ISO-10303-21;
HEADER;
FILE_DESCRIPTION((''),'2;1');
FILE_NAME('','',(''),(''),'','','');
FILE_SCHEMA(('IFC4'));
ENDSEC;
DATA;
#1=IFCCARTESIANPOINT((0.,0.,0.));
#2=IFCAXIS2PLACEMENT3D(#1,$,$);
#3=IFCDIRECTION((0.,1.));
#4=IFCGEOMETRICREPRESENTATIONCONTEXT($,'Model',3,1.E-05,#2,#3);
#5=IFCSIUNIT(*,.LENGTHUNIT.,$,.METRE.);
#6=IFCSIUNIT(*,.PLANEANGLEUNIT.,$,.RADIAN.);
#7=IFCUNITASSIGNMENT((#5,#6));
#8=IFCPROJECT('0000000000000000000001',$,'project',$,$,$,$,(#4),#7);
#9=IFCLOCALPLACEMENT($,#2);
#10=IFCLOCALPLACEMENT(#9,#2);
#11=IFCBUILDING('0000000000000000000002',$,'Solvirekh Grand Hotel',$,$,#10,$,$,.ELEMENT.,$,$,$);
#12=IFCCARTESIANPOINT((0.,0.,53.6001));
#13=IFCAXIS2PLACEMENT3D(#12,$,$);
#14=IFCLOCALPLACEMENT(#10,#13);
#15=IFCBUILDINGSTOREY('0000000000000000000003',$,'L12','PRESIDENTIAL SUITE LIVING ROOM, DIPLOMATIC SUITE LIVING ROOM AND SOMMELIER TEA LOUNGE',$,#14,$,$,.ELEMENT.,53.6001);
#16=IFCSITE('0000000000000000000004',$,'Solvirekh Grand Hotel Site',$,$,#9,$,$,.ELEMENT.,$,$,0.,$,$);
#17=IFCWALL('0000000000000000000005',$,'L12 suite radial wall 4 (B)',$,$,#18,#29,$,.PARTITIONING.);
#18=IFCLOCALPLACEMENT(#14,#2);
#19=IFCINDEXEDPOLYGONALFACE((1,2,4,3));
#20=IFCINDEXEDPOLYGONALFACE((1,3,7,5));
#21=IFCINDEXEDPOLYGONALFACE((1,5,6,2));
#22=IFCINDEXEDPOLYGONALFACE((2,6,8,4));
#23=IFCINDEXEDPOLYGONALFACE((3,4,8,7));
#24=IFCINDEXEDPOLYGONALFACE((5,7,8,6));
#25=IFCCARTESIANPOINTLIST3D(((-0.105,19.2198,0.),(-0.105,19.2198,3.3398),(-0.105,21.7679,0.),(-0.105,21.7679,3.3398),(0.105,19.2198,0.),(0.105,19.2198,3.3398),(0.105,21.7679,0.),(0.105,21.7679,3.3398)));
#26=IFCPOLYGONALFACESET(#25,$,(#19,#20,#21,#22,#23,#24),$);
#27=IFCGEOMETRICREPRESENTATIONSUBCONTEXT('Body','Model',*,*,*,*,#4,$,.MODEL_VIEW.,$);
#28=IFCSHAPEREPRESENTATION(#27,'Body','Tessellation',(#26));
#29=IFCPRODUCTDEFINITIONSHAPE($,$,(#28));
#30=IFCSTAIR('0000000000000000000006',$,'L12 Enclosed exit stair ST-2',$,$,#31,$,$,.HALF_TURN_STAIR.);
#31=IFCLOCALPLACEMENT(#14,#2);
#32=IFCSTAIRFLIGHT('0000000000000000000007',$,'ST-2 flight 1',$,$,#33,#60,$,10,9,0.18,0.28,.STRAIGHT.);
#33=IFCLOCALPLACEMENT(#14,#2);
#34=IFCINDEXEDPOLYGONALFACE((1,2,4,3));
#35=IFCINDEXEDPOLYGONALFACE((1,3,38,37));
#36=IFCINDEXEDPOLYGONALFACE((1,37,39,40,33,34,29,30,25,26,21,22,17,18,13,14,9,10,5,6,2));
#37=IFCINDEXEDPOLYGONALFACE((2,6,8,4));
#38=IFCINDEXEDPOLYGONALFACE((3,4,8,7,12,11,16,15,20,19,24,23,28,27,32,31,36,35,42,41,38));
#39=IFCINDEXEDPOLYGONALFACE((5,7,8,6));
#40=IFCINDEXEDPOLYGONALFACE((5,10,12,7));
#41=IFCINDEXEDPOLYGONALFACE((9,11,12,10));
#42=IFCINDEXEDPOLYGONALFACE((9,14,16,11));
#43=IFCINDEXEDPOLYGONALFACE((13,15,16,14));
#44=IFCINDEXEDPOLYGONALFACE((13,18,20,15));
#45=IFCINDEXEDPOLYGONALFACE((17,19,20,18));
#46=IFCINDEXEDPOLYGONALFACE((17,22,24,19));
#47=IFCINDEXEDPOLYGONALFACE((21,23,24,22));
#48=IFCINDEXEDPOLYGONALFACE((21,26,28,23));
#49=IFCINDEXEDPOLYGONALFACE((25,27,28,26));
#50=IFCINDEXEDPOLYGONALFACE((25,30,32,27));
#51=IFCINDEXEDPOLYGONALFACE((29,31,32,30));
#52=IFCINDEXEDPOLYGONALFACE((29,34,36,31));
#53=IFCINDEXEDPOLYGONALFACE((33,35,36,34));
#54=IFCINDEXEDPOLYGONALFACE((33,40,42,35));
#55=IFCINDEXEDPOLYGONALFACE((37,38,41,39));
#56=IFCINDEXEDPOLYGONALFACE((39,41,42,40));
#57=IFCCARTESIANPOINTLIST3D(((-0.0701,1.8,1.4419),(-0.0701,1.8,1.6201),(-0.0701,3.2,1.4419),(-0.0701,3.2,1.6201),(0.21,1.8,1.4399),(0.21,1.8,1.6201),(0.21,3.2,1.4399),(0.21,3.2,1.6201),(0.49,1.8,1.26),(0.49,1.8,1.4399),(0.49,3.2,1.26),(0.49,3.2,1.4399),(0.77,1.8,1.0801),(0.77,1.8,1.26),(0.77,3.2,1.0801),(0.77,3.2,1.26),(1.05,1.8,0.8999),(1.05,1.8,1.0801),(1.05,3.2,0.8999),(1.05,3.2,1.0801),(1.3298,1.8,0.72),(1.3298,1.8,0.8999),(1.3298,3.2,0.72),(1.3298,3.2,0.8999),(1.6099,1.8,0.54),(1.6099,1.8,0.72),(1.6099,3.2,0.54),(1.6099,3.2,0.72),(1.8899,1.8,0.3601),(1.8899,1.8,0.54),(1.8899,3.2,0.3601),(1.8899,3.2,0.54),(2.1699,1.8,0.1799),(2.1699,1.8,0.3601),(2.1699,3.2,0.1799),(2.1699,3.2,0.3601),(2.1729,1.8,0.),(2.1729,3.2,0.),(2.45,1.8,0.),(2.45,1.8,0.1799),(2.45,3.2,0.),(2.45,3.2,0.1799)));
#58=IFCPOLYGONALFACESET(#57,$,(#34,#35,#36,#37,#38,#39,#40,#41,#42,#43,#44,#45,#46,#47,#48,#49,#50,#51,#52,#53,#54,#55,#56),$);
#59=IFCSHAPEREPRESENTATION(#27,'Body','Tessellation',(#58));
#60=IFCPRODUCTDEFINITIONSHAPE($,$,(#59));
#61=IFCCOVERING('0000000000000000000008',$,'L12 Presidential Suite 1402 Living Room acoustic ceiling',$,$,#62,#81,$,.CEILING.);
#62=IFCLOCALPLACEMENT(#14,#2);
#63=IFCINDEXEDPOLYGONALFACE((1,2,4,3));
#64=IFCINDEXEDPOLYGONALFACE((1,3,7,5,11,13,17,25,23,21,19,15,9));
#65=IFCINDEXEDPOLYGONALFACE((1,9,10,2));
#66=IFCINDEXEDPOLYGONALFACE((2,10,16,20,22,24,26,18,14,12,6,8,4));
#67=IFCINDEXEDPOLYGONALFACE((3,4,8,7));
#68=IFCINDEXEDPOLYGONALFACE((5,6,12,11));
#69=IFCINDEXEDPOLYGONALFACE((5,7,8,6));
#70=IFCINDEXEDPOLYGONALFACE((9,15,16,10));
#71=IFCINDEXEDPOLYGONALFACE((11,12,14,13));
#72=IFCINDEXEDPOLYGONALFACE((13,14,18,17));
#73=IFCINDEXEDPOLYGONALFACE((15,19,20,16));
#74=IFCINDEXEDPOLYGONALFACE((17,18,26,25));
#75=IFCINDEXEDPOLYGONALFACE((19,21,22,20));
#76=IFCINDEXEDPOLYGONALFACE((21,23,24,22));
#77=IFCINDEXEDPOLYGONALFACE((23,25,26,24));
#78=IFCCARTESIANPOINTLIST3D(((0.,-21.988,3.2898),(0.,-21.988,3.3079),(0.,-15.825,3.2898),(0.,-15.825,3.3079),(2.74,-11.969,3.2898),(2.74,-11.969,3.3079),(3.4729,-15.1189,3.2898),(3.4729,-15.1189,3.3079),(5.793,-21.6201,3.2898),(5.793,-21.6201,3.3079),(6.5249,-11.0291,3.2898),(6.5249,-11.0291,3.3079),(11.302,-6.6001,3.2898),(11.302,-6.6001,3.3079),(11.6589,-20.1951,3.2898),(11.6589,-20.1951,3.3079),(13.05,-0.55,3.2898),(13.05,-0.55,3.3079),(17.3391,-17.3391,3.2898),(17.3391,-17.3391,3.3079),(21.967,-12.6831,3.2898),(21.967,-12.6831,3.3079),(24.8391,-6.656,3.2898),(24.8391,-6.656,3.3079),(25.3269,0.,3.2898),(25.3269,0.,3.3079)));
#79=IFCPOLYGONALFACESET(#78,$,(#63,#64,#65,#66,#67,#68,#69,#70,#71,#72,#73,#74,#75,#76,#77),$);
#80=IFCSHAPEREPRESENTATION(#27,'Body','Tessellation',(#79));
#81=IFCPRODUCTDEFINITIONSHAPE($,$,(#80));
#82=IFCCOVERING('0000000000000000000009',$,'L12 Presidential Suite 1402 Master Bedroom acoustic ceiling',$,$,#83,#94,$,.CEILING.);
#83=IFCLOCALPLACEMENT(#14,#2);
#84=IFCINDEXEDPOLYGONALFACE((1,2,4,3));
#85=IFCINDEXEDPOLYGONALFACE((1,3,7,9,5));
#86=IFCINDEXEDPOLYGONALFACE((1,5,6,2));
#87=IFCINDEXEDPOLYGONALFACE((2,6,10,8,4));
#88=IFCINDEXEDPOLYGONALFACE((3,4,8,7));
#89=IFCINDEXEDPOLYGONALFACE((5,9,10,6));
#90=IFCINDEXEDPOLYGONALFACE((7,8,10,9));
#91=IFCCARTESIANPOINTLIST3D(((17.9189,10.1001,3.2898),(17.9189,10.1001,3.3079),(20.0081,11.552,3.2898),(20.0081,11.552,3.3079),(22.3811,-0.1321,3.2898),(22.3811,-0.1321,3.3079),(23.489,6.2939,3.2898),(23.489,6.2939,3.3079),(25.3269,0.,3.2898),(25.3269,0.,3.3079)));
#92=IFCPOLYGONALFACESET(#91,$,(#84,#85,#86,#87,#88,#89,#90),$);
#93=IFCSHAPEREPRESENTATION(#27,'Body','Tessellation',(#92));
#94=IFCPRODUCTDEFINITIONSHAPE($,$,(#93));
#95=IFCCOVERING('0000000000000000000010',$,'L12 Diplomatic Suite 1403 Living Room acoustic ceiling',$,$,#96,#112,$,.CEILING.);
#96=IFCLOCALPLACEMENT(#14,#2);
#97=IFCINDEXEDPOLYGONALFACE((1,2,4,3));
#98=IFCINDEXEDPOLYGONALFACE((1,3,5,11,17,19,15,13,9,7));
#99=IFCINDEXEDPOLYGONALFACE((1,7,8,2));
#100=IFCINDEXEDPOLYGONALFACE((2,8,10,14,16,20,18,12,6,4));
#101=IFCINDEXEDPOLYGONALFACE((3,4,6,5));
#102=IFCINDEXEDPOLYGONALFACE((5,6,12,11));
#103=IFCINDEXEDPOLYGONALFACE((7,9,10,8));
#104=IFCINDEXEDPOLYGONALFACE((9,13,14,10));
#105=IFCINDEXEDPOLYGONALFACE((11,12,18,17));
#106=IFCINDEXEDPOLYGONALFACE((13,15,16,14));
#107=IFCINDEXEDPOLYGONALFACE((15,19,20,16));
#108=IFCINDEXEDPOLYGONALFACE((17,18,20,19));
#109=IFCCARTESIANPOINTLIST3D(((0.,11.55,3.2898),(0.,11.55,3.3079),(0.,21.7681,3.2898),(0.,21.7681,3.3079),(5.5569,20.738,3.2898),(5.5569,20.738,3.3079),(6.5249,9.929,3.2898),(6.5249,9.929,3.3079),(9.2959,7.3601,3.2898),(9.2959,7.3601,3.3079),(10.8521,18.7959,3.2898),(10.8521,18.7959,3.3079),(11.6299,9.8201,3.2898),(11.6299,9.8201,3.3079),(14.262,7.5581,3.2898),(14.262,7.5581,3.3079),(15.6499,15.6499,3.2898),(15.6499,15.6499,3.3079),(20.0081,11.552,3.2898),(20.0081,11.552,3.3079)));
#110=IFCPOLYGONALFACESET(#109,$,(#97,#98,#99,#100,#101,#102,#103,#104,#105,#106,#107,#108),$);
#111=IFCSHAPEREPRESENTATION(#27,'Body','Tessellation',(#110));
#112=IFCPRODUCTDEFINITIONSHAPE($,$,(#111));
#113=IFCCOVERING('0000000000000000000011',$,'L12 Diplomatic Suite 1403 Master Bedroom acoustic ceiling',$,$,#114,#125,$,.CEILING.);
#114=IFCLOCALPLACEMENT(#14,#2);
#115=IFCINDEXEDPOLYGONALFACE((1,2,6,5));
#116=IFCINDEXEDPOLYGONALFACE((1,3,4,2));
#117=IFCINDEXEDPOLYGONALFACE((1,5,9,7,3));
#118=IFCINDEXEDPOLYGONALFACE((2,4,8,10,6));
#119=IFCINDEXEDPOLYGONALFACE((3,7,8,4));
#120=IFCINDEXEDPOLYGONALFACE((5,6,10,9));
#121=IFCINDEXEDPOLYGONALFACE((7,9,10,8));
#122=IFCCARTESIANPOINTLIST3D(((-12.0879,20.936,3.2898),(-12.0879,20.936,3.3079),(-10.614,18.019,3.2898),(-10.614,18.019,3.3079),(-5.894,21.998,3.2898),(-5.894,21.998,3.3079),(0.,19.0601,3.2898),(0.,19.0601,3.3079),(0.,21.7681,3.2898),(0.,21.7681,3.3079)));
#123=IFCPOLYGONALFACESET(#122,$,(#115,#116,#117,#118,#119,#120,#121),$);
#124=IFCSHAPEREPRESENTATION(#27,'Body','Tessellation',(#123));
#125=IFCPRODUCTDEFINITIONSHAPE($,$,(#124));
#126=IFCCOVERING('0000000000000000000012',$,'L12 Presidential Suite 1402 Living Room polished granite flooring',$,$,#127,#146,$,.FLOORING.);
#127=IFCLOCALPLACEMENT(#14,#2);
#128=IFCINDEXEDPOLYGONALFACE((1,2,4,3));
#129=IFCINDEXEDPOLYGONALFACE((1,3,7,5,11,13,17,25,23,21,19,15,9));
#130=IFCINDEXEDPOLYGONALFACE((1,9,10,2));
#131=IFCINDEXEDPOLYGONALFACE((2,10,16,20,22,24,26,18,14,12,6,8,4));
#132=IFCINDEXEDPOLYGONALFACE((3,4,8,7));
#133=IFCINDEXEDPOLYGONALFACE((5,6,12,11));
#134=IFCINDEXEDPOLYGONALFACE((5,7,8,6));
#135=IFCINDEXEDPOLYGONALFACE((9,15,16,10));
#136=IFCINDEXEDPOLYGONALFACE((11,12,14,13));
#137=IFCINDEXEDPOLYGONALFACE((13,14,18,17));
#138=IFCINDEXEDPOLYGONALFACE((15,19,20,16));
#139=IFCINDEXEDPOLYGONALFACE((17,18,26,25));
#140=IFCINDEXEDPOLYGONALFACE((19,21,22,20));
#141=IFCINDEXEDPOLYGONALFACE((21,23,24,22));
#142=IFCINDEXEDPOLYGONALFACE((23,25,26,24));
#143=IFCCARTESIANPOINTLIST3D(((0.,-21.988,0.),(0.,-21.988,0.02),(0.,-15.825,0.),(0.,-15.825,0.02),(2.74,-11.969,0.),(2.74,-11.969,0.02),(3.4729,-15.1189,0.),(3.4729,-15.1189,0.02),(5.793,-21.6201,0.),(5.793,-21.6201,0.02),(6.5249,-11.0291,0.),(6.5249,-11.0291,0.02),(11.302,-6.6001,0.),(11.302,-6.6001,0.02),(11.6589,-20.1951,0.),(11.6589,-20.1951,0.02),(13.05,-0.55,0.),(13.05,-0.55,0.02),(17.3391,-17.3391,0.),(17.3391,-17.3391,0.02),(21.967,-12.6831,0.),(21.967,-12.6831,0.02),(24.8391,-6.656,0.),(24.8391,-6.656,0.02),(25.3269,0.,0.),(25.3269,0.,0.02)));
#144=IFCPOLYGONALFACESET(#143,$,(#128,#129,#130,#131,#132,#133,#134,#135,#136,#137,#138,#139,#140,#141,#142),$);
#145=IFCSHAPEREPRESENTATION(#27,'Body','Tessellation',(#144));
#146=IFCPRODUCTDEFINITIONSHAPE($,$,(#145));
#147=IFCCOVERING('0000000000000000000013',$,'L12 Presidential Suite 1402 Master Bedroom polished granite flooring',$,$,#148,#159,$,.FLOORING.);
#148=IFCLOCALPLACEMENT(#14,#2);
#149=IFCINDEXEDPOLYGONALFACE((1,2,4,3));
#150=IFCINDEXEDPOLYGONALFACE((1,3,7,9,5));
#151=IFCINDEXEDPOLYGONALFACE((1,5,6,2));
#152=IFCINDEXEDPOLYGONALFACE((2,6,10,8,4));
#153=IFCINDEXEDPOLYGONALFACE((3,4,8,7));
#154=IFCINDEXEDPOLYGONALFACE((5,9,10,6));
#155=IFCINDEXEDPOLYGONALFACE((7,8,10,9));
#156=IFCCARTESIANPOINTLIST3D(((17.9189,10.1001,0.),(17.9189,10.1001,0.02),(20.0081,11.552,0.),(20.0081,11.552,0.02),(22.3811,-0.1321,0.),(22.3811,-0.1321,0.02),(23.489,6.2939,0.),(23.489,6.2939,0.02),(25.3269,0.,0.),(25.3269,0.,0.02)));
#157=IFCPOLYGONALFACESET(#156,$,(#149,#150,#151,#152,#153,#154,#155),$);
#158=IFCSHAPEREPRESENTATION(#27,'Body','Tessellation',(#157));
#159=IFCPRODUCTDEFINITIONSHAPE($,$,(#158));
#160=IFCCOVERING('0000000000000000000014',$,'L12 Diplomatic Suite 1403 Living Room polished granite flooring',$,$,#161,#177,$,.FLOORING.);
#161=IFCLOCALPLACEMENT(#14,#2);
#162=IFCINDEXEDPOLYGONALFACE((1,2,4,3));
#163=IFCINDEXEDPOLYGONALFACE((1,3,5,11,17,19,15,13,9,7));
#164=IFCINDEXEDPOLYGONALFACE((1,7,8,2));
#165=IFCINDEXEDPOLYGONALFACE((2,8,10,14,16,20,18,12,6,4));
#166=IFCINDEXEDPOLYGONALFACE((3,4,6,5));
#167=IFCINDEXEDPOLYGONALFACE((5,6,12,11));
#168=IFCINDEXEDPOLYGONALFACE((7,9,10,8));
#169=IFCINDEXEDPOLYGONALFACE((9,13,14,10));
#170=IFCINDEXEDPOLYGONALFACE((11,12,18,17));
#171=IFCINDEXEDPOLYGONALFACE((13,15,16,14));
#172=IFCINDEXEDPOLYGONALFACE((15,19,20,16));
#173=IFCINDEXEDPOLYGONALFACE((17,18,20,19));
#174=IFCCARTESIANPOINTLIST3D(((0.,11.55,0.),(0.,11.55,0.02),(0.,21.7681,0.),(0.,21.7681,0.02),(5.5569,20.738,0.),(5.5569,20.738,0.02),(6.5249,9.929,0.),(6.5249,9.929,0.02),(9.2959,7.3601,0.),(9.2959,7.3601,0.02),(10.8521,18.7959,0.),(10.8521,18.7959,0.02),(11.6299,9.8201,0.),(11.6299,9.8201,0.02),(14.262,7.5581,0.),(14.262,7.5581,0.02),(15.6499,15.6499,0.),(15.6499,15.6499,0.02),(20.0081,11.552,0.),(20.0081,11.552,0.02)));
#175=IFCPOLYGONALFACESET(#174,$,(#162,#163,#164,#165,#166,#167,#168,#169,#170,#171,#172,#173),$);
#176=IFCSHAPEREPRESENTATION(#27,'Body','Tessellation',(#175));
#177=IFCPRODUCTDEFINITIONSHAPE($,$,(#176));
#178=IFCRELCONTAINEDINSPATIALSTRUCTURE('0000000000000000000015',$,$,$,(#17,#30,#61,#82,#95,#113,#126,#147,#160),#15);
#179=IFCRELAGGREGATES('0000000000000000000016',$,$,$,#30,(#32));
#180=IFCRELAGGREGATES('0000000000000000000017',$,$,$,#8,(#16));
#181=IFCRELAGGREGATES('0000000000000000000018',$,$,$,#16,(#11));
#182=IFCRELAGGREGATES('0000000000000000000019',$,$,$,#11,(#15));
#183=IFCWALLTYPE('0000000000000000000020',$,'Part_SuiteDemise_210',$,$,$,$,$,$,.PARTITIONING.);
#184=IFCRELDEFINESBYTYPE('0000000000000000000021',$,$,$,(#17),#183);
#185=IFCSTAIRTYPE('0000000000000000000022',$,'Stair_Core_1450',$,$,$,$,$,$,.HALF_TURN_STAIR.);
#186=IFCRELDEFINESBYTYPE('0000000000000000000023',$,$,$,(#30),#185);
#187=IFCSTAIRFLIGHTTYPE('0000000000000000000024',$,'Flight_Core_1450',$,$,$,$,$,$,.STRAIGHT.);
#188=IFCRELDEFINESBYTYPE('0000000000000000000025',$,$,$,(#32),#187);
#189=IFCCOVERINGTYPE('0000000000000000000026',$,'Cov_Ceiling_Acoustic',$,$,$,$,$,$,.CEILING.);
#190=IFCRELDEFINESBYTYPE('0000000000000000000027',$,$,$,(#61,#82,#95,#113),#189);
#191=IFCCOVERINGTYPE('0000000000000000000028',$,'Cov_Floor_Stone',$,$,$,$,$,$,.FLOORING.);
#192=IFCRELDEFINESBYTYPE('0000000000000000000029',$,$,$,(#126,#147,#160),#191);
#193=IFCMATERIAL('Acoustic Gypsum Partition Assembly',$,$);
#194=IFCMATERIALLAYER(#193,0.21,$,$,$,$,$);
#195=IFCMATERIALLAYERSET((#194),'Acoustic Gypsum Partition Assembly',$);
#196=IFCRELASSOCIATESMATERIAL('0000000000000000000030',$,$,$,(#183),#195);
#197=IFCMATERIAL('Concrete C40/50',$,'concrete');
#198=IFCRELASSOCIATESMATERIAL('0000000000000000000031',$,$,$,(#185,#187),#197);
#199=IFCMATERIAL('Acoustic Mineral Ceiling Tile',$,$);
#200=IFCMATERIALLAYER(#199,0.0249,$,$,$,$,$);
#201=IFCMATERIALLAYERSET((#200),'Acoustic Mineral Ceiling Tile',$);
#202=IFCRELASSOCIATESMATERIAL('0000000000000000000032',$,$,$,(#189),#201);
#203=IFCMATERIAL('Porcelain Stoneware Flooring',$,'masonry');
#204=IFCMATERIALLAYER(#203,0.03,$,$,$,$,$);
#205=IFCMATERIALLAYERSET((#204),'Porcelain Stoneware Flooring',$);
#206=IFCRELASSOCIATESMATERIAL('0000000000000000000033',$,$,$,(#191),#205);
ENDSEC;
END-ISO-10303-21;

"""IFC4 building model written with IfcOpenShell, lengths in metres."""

from ifc_helpers import new_model, si_unit, direction, frame, frame_2d, origin, place, context, subcontext, project, spatial, polyline, rectangle, outline, extrude, material, layer, layer_set, type_object, element, aggregate, save


model = new_model("IFC4")

# Units and contexts
model_context = context("Model", 3, precision=1e-05, world=origin(), true_north=direction((0.0, 1.0)))
body_context = subcontext(model_context, "Body", "Model", "MODEL_VIEW")
ifc_project = project(units=[si_unit("LENGTHUNIT", "METRE"), si_unit("PLANEANGLEUNIT", "RADIAN")], contexts=[model_context])

# Site, building, storey
site_placement = place(None, origin())
site = spatial("IfcSite", under=ifc_project, at=site_placement, Name="Solvirekh Grand Hotel Site", CompositionType="ELEMENT", RefElevation=0.0)
building_placement = place(site_placement, origin())
building = spatial("IfcBuilding", under=site, at=building_placement, Name="Solvirekh Grand Hotel", CompositionType="ELEMENT")
storey_placement = place(building_placement, frame((0.0, 0.0, 53.6001)))
storey = spatial("IfcBuildingStorey", under=building, at=storey_placement, Name="L12", Description="PRESIDENTIAL SUITE LIVING ROOM, DIPLOMATIC SUITE LIVING ROOM AND SOMMELIER TEA LOUNGE", CompositionType="ELEMENT", Elevation=53.6001)

# Shared definitions
ifc_material_1 = material(Name="Concrete C40/50", Category="concrete")
ifc_material_2 = material(Name="Acoustic Gypsum Partition Assembly")

# Shared definitions
ifc_layer_1 = layer(ifc_material_2, 0.21)
ifc_layer_set_1 = layer_set([ifc_layer_1], Name="Acoustic Gypsum Partition Assembly")
wall_type_1 = type_object("IfcWallType", Name="Part_SuiteDemise_210", PredefinedType="PARTITIONING", material=ifc_layer_set_1)

# Wall
wall_1_placement = place(storey_placement, frame((0.0, 19.22, 0.0), z_axis=(0.0, 0.0, 1.0), x_axis=(0.0, 1.0, 0.0)))
element("IfcWall", 1, at=wall_1_placement, inside=storey, type_object=wall_type_1, Name="L12 suite radial wall 4 (B)", PredefinedType="PARTITIONING", context=body_context, shape_type="SweptSolid", body=[
    extrude(rectangle(XDim=2.5481, YDim=0.21, at=frame_2d((1.2739, 0.0))), origin(), (0.0, 0.0, 1.0), 3.3398),
])

# Stair, stair flight
stair_type = type_object("IfcStairType", Name="Stair_Core_1450", PredefinedType="HALF_TURN_STAIR", material=ifc_material_1)
stair_placement = place(storey_placement, origin())
stair = element("IfcStair", 2, at=stair_placement, inside=storey, type_object=stair_type, Name="L12 Enclosed exit stair ST-2", PredefinedType="HALF_TURN_STAIR")
stair_flight_type = type_object("IfcStairFlightType", Name="Flight_Core_1450", PredefinedType="STRAIGHT", material=ifc_material_1)
stair_flight_placement = place(storey_placement, frame((2.45, 2.5, 0.0), z_axis=(0.0, 0.0, 1.0), x_axis=(-1.0, 0.0, 0.0)))
stair_flight = element("IfcStairFlight", 3, at=stair_flight_placement, type_object=stair_flight_type, Name="ST-2 flight 1", NumberOfRisers=10, NumberOfTreads=9, PredefinedType="STRAIGHT", RiserHeight=0.18, TreadLength=0.28, context=body_context, shape_type="SweptSolid", body=[
    extrude(outline(polyline([(0.0, 0.0), (0.0, 0.1799), (0.28, 0.1799), (0.28, 0.3601), (0.5601, 0.3601), (0.5601, 0.54), (0.8401, 0.54), (0.8401, 0.72), (1.1201, 0.72), (1.1201, 0.8999), (1.3999, 0.8999), (1.3999, 1.0801), (1.6799, 1.0801), (1.6799, 1.26), (1.96, 1.26), (1.96, 1.4399), (2.24, 1.4399), (2.24, 1.6201), (2.52, 1.6201), (2.52, 1.8), (2.52, 1.4419), (0.2771, 0.0), (0.0, 0.0)])), frame((0.0, 0.7, 0.0), z_axis=(0.0, -1.0, 0.0), x_axis=(1.0, 0.0, 0.0)), (0.0, 0.0, 1.0), 1.3999),
])
aggregate(stair, [stair_flight])

# Coverings
ifc_material_3 = material(Name="Acoustic Mineral Ceiling Tile")
ifc_layer_2 = layer(ifc_material_3, 0.0249)
ifc_layer_set_2 = layer_set([ifc_layer_2], Name="Acoustic Mineral Ceiling Tile")
covering_type_1 = type_object("IfcCoveringType", Name="Cov_Ceiling_Acoustic", PredefinedType="CEILING", material=ifc_layer_set_2)
covering_1_placement = place(storey_placement, frame((0.0, 0.0, 3.2898)))
element("IfcCovering", 4, at=covering_1_placement, inside=storey, type_object=covering_type_1, Name="L12 Presidential Suite 1402 Living Room acoustic ceiling", PredefinedType="CEILING", context=body_context, shape_type="SweptSolid", body=[
    extrude(outline(polyline([(3.4729, -15.1189), (0.0, -15.825), (0.0, -21.988), (5.793, -21.6201), (11.6589, -20.1951), (17.3391, -17.3391), (21.967, -12.6831), (24.8391, -6.656), (25.3269, 0.0), (13.05, -0.55), (11.302, -6.6001), (6.5249, -11.0291), (2.74, -11.969), (3.4729, -15.1189)])), origin(), (0.0, 0.0, 1.0), 0.0181),
])
covering_2_placement = place(storey_placement, frame((0.0, 0.0, 3.2898)))
element("IfcCovering", 5, at=covering_2_placement, inside=storey, type_object=covering_type_1, Name="L12 Presidential Suite 1402 Master Bedroom acoustic ceiling", PredefinedType="CEILING", context=body_context, shape_type="SweptSolid", body=[
    extrude(outline(polyline([(25.3269, 0.0), (23.489, 6.2939), (20.0081, 11.552), (17.9189, 10.1001), (22.3811, -0.1321), (25.3269, 0.0)])), origin(), (0.0, 0.0, 1.0), 0.0181),
])
covering_3_placement = place(storey_placement, frame((0.0, 0.0, 3.2898)))
element("IfcCovering", 6, at=covering_3_placement, inside=storey, type_object=covering_type_1, Name="L12 Diplomatic Suite 1403 Living Room acoustic ceiling", PredefinedType="CEILING", context=body_context, shape_type="SweptSolid", body=[
    extrude(outline(polyline([(11.6299, 9.8201), (14.262, 7.5581), (20.0081, 11.552), (15.6499, 15.6499), (10.8521, 18.7959), (5.5569, 20.738), (0.0, 21.7681), (0.0, 11.55), (6.5249, 9.929), (9.2959, 7.3601), (11.6299, 9.8201)])), origin(), (0.0, 0.0, 1.0), 0.0181),
])
covering_4_placement = place(storey_placement, frame((0.0, 0.0, 3.2898)))
element("IfcCovering", 7, at=covering_4_placement, inside=storey, type_object=covering_type_1, Name="L12 Diplomatic Suite 1403 Master Bedroom acoustic ceiling", PredefinedType="CEILING", context=body_context, shape_type="SweptSolid", body=[
    extrude(outline(polyline([(0.0, 21.7681), (-5.894, 21.998), (-12.0879, 20.936), (-10.614, 18.019), (0.0, 19.0601), (0.0, 21.7681)])), origin(), (0.0, 0.0, 1.0), 0.0181),
])
ifc_material_4 = material(Name="Porcelain Stoneware Flooring", Category="masonry")
ifc_layer_3 = layer(ifc_material_4, 0.03)
ifc_layer_set_3 = layer_set([ifc_layer_3], Name="Porcelain Stoneware Flooring")
covering_type_2 = type_object("IfcCoveringType", Name="Cov_Floor_Stone", PredefinedType="FLOORING", material=ifc_layer_set_3)
covering_5_placement = place(storey_placement, origin())
element("IfcCovering", 8, at=covering_5_placement, inside=storey, type_object=covering_type_2, Name="L12 Presidential Suite 1402 Living Room polished granite flooring", PredefinedType="FLOORING", context=body_context, shape_type="SweptSolid", body=[
    extrude(outline(polyline([(3.4729, -15.1189), (0.0, -15.825), (0.0, -21.988), (5.793, -21.6201), (11.6589, -20.1951), (17.3391, -17.3391), (21.967, -12.6831), (24.8391, -6.656), (25.3269, 0.0), (13.05, -0.55), (11.302, -6.6001), (6.5249, -11.0291), (2.74, -11.969), (3.4729, -15.1189)])), origin(), (0.0, 0.0, 1.0), 0.02),
])
covering_6_placement = place(storey_placement, origin())
element("IfcCovering", 9, at=covering_6_placement, inside=storey, type_object=covering_type_2, Name="L12 Presidential Suite 1402 Master Bedroom polished granite flooring", PredefinedType="FLOORING", context=body_context, shape_type="SweptSolid", body=[
    extrude(outline(polyline([(25.3269, 0.0), (23.489, 6.2939), (20.0081, 11.552), (17.9189, 10.1001), (22.3811, -0.1321), (25.3269, 0.0)])), origin(), (0.0, 0.0, 1.0), 0.02),
])
covering_7_placement = place(storey_placement, origin())
element("IfcCovering", 10, at=covering_7_placement, inside=storey, type_object=covering_type_2, Name="L12 Diplomatic Suite 1403 Living Room polished granite flooring", PredefinedType="FLOORING", context=body_context, shape_type="SweptSolid", body=[
    extrude(outline(polyline([(11.6299, 9.8201), (14.262, 7.5581), (20.0081, 11.552), (15.6499, 15.6499), (10.8521, 18.7959), (5.5569, 20.738), (0.0, 21.7681), (0.0, 11.55), (6.5249, 9.929), (9.2959, 7.3601), (11.6299, 9.8201)])), origin(), (0.0, 0.0, 1.0), 0.02),
])

save(model, "model.ifc")
